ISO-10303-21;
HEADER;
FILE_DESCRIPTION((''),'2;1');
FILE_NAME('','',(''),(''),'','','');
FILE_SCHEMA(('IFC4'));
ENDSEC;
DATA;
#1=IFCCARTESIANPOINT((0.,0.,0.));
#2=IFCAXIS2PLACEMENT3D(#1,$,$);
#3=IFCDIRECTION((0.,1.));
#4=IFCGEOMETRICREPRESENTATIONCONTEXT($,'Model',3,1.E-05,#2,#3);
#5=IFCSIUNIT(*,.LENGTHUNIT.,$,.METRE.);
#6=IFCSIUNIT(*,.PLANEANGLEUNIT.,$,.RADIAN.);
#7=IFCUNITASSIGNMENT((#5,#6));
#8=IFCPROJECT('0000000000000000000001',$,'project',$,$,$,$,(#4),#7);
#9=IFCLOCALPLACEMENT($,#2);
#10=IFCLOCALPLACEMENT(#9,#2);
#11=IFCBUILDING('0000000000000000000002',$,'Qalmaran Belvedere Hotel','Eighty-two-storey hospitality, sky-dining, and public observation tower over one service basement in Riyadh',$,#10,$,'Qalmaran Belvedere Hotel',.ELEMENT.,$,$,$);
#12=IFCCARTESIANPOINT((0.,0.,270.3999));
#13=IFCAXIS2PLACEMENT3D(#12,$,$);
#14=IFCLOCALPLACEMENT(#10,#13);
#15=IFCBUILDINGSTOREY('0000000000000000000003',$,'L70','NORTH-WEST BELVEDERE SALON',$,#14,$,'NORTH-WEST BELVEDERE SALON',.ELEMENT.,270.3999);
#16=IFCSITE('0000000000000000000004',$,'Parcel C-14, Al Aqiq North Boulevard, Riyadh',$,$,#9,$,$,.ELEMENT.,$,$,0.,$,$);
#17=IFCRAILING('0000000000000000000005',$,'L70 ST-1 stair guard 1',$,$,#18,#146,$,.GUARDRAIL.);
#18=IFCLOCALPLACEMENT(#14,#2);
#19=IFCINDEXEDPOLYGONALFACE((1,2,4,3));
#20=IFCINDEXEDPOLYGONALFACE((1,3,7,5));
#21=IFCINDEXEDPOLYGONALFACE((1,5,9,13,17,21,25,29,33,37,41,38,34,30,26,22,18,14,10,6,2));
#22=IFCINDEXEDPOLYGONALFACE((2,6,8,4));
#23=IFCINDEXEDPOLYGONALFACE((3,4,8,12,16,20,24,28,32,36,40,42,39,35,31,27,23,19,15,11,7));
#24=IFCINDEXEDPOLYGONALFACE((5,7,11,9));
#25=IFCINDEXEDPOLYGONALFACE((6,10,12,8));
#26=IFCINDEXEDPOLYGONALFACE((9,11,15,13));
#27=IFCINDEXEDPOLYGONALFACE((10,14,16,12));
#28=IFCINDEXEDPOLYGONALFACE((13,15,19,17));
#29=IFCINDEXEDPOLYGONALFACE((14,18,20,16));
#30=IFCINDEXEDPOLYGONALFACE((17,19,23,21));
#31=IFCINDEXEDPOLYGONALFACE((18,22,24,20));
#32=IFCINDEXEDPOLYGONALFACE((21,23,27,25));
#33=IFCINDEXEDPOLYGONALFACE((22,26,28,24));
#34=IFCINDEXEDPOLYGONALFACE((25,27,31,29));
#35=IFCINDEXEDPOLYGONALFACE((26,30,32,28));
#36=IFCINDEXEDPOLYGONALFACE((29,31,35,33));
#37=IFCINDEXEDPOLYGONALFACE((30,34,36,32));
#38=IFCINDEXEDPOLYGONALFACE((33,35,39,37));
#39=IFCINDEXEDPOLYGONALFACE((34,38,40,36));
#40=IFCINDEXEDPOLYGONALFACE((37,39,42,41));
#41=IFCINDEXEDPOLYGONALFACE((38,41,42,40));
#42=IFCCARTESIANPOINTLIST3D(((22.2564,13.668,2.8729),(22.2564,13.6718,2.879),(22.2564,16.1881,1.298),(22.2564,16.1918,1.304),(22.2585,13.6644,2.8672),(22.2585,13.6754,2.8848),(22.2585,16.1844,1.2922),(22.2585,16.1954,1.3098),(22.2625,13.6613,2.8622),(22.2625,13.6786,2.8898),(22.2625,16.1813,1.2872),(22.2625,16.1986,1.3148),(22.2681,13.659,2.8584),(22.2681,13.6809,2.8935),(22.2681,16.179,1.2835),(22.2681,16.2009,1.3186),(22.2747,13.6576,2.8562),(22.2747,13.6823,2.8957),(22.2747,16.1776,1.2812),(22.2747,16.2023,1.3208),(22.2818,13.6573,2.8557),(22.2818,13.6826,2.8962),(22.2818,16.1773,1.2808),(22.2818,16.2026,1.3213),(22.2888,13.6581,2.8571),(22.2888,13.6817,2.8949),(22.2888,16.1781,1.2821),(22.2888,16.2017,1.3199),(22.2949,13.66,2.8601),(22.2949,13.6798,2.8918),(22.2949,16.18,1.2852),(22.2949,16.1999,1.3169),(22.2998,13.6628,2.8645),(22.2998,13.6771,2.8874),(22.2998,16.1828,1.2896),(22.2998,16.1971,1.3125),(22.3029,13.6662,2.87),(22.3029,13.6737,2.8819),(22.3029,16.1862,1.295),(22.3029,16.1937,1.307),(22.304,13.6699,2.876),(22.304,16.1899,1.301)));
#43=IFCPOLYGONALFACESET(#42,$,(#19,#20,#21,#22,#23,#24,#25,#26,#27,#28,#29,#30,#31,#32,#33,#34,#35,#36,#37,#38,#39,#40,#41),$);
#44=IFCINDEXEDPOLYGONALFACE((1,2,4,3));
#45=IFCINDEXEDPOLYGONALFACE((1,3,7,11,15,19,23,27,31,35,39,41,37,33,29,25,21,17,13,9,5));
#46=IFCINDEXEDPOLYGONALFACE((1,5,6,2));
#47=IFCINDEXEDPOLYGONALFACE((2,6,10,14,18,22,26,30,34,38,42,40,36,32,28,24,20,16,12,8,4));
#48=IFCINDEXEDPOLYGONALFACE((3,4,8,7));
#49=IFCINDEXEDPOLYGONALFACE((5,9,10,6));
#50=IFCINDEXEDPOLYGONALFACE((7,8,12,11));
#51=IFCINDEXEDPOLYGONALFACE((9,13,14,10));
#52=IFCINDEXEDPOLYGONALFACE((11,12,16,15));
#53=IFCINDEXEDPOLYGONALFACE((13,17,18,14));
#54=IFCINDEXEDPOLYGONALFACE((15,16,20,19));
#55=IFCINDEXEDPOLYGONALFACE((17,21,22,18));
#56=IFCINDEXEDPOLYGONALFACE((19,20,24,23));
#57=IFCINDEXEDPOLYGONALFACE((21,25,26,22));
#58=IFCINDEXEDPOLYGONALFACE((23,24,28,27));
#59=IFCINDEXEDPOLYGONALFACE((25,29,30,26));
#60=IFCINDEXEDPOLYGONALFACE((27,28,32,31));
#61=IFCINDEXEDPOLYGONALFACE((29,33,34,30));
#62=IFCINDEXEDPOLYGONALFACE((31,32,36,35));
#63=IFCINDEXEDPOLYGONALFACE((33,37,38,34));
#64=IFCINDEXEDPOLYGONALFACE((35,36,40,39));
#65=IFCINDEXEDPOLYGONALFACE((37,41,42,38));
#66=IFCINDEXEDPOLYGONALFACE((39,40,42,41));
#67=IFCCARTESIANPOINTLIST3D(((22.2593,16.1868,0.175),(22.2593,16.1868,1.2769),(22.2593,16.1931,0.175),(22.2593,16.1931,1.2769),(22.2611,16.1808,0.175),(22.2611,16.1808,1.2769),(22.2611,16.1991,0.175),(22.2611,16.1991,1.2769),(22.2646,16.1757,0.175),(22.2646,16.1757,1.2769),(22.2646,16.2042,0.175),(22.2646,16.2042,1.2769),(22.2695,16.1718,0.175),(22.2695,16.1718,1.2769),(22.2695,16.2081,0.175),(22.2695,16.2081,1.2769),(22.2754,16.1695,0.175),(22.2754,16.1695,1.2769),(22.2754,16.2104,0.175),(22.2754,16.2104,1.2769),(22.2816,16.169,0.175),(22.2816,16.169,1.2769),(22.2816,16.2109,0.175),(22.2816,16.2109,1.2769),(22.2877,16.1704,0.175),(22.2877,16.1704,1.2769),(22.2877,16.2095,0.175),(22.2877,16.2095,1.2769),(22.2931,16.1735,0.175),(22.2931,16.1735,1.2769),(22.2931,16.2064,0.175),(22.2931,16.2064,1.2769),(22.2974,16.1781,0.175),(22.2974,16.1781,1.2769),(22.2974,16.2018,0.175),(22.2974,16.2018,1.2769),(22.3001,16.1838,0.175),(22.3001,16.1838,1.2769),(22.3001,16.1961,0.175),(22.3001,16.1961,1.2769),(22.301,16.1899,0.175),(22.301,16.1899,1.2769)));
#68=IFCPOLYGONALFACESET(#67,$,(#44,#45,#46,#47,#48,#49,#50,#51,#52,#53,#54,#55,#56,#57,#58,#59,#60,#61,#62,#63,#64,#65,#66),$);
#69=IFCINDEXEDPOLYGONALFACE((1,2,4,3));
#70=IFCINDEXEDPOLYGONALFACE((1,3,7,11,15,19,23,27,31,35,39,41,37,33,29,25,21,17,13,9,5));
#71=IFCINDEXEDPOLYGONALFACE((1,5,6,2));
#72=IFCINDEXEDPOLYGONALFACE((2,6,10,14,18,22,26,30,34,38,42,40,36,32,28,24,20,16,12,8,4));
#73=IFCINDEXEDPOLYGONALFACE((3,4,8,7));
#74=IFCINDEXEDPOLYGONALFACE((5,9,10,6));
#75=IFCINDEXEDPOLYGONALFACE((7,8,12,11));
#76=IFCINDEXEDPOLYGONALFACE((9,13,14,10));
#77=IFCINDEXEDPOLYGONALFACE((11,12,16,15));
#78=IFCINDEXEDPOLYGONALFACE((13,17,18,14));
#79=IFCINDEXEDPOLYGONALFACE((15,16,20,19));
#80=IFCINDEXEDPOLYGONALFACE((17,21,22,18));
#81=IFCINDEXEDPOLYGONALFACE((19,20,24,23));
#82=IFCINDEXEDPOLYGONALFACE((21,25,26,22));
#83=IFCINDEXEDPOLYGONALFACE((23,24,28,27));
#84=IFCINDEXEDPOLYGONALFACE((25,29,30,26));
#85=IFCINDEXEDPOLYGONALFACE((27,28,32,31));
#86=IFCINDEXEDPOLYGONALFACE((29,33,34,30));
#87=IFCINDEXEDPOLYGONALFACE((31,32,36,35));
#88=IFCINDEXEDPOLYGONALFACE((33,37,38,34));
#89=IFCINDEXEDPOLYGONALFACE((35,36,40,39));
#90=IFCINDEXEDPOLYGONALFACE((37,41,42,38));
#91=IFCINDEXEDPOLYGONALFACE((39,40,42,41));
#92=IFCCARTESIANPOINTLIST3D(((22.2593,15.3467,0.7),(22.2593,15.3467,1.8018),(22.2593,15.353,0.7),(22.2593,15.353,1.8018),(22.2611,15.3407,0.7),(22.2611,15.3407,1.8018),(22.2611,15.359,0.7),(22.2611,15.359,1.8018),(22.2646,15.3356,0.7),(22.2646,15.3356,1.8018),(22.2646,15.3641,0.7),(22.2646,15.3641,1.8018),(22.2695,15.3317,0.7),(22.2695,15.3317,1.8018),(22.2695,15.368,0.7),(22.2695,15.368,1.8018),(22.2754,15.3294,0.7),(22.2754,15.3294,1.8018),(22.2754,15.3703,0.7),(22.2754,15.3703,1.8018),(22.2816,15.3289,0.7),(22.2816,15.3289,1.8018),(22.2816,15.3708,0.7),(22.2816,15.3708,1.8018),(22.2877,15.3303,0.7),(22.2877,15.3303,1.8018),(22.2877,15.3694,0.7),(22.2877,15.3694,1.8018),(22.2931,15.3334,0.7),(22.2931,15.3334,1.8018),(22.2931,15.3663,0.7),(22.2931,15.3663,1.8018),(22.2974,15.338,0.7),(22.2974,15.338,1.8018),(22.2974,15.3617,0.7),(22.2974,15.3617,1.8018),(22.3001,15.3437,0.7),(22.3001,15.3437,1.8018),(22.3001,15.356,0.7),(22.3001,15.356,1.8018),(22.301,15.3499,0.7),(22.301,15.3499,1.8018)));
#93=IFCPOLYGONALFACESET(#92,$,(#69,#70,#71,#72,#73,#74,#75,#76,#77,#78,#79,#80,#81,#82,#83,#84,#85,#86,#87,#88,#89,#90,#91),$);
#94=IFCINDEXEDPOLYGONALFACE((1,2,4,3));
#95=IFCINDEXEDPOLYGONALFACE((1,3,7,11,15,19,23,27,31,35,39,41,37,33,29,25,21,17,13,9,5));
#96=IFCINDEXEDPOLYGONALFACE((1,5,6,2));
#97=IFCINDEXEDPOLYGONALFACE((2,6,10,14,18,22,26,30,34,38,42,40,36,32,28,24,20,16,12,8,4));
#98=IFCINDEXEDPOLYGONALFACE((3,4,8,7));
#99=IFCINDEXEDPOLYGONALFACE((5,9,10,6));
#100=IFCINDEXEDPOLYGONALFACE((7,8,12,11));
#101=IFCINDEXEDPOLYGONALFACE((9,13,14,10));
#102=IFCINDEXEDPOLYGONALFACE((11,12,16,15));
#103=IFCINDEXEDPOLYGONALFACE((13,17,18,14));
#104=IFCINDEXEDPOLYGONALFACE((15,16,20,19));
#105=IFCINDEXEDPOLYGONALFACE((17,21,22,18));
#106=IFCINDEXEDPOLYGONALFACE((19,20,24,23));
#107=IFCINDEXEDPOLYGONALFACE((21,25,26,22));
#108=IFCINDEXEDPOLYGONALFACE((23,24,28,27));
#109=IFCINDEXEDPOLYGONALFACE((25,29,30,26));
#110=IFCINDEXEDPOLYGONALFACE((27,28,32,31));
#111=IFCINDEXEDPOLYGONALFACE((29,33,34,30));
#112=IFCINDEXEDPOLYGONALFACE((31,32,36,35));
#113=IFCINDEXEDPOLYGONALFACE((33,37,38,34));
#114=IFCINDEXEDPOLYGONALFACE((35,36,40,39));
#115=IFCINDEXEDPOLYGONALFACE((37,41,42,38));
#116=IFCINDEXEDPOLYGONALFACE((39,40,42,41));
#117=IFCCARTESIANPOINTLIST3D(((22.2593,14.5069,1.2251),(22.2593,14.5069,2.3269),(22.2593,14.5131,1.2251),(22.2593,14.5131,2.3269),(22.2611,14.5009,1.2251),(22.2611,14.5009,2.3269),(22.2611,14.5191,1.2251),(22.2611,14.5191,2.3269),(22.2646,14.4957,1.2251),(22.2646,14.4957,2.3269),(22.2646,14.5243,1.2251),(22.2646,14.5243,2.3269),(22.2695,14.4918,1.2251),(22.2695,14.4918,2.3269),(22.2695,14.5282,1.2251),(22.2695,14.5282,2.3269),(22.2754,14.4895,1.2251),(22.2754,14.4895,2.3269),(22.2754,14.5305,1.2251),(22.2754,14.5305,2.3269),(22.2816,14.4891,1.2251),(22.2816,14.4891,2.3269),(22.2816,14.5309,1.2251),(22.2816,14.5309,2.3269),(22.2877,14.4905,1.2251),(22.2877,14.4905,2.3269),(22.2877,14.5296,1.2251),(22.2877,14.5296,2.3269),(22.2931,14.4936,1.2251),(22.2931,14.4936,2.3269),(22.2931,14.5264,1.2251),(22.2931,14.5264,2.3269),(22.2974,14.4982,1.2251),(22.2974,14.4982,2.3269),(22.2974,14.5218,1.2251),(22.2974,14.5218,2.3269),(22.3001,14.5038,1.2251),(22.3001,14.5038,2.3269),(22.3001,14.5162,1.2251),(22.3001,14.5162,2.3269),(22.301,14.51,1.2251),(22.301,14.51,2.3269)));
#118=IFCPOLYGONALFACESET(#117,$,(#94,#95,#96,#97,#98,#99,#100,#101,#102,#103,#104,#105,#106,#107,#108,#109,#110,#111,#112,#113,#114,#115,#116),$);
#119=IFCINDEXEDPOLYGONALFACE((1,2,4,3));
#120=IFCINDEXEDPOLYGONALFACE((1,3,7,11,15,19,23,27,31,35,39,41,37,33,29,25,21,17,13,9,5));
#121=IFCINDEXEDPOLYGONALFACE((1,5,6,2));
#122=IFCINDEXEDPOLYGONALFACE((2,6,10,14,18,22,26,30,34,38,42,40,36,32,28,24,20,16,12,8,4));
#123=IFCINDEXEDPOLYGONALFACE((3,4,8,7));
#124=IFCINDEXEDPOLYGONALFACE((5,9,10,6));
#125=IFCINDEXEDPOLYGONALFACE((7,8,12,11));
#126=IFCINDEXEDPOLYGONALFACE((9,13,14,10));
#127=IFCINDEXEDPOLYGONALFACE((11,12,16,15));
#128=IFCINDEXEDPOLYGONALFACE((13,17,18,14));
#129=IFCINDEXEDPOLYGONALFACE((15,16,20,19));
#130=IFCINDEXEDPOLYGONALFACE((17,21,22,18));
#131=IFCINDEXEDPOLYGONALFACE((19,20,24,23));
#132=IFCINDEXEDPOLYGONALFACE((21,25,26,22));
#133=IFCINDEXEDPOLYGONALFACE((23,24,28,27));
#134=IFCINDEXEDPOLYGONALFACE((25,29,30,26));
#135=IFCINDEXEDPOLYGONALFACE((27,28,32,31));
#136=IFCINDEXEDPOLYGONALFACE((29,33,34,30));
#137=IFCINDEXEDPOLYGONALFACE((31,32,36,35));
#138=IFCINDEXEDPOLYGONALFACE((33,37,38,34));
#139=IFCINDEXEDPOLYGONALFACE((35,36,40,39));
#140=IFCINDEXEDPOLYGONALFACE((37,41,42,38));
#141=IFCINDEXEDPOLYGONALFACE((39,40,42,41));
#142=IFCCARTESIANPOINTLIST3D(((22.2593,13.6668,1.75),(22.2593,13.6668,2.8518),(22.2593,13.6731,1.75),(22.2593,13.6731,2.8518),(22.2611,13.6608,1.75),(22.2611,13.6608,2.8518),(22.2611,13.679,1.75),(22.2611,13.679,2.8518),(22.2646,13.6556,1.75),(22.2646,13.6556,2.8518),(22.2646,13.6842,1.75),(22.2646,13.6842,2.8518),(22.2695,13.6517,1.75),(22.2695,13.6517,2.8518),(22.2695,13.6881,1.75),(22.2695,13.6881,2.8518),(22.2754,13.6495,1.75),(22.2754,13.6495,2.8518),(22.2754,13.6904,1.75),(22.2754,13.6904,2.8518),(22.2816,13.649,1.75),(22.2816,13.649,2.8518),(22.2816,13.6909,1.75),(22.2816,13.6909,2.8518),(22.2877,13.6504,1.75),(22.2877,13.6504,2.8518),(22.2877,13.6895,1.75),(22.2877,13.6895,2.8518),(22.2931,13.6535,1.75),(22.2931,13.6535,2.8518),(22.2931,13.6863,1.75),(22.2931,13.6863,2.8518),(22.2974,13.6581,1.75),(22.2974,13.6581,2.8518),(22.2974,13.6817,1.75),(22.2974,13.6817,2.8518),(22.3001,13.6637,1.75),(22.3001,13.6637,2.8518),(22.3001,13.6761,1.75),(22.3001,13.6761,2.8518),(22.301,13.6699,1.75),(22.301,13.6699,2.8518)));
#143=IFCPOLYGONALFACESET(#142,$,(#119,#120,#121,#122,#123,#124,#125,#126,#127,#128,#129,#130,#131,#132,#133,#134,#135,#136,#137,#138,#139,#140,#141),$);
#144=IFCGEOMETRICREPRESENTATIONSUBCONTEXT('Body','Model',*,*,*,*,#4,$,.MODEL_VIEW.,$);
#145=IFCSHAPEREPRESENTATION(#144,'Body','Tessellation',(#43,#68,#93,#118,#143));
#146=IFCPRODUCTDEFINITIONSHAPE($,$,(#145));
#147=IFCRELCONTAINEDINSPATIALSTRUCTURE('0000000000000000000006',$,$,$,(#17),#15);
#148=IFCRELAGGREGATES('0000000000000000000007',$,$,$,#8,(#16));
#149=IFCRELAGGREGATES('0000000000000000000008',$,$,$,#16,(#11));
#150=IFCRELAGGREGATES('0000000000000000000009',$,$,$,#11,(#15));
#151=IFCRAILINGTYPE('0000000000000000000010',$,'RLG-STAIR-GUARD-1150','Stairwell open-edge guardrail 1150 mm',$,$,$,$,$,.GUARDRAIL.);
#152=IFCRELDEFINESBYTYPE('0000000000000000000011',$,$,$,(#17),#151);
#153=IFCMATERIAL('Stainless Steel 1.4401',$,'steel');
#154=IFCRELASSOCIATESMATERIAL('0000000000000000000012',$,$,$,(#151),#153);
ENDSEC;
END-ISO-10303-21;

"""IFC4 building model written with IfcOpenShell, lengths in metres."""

from ifc_helpers import new_model, si_unit, direction, frame, origin, origin_2d, place, context, subcontext, project, spatial, circle, extrude, material, type_object, element, save


model = new_model("IFC4")

# Units and contexts
model_context = context("Model", 3, precision=1e-05, world=origin(), true_north=direction((0.0, 1.0)))
body_context = subcontext(model_context, "Body", "Model", "MODEL_VIEW")
ifc_project = project(units=[si_unit("LENGTHUNIT", "METRE"), si_unit("PLANEANGLEUNIT", "RADIAN")], contexts=[model_context])

# Site, building, storey
site_placement = place(None, origin())
site = spatial("IfcSite", under=ifc_project, at=site_placement, Name="Parcel C-14, Al Aqiq North Boulevard, Riyadh", CompositionType="ELEMENT", RefElevation=0.0)
building_placement = place(site_placement, origin())
building = spatial("IfcBuilding", under=site, at=building_placement, Name="Qalmaran Belvedere Hotel", Description="Eighty-two-storey hospitality, sky-dining, and public observation tower over one service basement in Riyadh", LongName="Qalmaran Belvedere Hotel", CompositionType="ELEMENT")
storey_placement = place(building_placement, frame((0.0, 0.0, 270.3999)))
storey = spatial("IfcBuildingStorey", under=building, at=storey_placement, Name="L70", Description="NORTH-WEST BELVEDERE SALON", LongName="NORTH-WEST BELVEDERE SALON", CompositionType="ELEMENT", Elevation=270.3999)

# Railing
ifc_material_1 = material(Name="Stainless Steel 1.4401", Category="steel")
railing_type_1 = type_object("IfcRailingType", Name="RLG-STAIR-GUARD-1150", Description="Stairwell open-edge guardrail 1150 mm", PredefinedType="GUARDRAIL", material=ifc_material_1)
railing_1_placement = place(storey_placement, frame((22.28, 16.1899, 0.175)))
element("IfcRailing", 1, at=railing_1_placement, inside=storey, type_object=railing_type_1, Name="L70 ST-1 stair guard 1", PredefinedType="GUARDRAIL", context=body_context, shape_type="SweptSolid", body=[
    extrude(circle(Radius=0.0239, at=origin_2d()), frame((0.0, 0.0, 1.126), z_axis=(0.0, -0.848008, 0.529984), x_axis=(1.0, 0.0, 0.0)), (0.0, 0.0, 1.0), 2.9717),
    extrude(circle(Radius=0.021, at=origin_2d()), origin(), (0.0, 0.0, 1.0), 1.1018),
    extrude(circle(Radius=0.021, at=origin_2d()), frame((0.0, -0.8401, 0.5249)), (0.0, 0.0, 1.0), 1.1018),
    extrude(circle(Radius=0.021, at=origin_2d()), frame((0.0, -1.6799, 1.05)), (0.0, 0.0, 1.0), 1.1018),
    extrude(circle(Radius=0.021, at=origin_2d()), frame((0.0, -2.52, 1.575)), (0.0, 0.0, 1.0), 1.1018),
])

save(model, "model.ifc")
